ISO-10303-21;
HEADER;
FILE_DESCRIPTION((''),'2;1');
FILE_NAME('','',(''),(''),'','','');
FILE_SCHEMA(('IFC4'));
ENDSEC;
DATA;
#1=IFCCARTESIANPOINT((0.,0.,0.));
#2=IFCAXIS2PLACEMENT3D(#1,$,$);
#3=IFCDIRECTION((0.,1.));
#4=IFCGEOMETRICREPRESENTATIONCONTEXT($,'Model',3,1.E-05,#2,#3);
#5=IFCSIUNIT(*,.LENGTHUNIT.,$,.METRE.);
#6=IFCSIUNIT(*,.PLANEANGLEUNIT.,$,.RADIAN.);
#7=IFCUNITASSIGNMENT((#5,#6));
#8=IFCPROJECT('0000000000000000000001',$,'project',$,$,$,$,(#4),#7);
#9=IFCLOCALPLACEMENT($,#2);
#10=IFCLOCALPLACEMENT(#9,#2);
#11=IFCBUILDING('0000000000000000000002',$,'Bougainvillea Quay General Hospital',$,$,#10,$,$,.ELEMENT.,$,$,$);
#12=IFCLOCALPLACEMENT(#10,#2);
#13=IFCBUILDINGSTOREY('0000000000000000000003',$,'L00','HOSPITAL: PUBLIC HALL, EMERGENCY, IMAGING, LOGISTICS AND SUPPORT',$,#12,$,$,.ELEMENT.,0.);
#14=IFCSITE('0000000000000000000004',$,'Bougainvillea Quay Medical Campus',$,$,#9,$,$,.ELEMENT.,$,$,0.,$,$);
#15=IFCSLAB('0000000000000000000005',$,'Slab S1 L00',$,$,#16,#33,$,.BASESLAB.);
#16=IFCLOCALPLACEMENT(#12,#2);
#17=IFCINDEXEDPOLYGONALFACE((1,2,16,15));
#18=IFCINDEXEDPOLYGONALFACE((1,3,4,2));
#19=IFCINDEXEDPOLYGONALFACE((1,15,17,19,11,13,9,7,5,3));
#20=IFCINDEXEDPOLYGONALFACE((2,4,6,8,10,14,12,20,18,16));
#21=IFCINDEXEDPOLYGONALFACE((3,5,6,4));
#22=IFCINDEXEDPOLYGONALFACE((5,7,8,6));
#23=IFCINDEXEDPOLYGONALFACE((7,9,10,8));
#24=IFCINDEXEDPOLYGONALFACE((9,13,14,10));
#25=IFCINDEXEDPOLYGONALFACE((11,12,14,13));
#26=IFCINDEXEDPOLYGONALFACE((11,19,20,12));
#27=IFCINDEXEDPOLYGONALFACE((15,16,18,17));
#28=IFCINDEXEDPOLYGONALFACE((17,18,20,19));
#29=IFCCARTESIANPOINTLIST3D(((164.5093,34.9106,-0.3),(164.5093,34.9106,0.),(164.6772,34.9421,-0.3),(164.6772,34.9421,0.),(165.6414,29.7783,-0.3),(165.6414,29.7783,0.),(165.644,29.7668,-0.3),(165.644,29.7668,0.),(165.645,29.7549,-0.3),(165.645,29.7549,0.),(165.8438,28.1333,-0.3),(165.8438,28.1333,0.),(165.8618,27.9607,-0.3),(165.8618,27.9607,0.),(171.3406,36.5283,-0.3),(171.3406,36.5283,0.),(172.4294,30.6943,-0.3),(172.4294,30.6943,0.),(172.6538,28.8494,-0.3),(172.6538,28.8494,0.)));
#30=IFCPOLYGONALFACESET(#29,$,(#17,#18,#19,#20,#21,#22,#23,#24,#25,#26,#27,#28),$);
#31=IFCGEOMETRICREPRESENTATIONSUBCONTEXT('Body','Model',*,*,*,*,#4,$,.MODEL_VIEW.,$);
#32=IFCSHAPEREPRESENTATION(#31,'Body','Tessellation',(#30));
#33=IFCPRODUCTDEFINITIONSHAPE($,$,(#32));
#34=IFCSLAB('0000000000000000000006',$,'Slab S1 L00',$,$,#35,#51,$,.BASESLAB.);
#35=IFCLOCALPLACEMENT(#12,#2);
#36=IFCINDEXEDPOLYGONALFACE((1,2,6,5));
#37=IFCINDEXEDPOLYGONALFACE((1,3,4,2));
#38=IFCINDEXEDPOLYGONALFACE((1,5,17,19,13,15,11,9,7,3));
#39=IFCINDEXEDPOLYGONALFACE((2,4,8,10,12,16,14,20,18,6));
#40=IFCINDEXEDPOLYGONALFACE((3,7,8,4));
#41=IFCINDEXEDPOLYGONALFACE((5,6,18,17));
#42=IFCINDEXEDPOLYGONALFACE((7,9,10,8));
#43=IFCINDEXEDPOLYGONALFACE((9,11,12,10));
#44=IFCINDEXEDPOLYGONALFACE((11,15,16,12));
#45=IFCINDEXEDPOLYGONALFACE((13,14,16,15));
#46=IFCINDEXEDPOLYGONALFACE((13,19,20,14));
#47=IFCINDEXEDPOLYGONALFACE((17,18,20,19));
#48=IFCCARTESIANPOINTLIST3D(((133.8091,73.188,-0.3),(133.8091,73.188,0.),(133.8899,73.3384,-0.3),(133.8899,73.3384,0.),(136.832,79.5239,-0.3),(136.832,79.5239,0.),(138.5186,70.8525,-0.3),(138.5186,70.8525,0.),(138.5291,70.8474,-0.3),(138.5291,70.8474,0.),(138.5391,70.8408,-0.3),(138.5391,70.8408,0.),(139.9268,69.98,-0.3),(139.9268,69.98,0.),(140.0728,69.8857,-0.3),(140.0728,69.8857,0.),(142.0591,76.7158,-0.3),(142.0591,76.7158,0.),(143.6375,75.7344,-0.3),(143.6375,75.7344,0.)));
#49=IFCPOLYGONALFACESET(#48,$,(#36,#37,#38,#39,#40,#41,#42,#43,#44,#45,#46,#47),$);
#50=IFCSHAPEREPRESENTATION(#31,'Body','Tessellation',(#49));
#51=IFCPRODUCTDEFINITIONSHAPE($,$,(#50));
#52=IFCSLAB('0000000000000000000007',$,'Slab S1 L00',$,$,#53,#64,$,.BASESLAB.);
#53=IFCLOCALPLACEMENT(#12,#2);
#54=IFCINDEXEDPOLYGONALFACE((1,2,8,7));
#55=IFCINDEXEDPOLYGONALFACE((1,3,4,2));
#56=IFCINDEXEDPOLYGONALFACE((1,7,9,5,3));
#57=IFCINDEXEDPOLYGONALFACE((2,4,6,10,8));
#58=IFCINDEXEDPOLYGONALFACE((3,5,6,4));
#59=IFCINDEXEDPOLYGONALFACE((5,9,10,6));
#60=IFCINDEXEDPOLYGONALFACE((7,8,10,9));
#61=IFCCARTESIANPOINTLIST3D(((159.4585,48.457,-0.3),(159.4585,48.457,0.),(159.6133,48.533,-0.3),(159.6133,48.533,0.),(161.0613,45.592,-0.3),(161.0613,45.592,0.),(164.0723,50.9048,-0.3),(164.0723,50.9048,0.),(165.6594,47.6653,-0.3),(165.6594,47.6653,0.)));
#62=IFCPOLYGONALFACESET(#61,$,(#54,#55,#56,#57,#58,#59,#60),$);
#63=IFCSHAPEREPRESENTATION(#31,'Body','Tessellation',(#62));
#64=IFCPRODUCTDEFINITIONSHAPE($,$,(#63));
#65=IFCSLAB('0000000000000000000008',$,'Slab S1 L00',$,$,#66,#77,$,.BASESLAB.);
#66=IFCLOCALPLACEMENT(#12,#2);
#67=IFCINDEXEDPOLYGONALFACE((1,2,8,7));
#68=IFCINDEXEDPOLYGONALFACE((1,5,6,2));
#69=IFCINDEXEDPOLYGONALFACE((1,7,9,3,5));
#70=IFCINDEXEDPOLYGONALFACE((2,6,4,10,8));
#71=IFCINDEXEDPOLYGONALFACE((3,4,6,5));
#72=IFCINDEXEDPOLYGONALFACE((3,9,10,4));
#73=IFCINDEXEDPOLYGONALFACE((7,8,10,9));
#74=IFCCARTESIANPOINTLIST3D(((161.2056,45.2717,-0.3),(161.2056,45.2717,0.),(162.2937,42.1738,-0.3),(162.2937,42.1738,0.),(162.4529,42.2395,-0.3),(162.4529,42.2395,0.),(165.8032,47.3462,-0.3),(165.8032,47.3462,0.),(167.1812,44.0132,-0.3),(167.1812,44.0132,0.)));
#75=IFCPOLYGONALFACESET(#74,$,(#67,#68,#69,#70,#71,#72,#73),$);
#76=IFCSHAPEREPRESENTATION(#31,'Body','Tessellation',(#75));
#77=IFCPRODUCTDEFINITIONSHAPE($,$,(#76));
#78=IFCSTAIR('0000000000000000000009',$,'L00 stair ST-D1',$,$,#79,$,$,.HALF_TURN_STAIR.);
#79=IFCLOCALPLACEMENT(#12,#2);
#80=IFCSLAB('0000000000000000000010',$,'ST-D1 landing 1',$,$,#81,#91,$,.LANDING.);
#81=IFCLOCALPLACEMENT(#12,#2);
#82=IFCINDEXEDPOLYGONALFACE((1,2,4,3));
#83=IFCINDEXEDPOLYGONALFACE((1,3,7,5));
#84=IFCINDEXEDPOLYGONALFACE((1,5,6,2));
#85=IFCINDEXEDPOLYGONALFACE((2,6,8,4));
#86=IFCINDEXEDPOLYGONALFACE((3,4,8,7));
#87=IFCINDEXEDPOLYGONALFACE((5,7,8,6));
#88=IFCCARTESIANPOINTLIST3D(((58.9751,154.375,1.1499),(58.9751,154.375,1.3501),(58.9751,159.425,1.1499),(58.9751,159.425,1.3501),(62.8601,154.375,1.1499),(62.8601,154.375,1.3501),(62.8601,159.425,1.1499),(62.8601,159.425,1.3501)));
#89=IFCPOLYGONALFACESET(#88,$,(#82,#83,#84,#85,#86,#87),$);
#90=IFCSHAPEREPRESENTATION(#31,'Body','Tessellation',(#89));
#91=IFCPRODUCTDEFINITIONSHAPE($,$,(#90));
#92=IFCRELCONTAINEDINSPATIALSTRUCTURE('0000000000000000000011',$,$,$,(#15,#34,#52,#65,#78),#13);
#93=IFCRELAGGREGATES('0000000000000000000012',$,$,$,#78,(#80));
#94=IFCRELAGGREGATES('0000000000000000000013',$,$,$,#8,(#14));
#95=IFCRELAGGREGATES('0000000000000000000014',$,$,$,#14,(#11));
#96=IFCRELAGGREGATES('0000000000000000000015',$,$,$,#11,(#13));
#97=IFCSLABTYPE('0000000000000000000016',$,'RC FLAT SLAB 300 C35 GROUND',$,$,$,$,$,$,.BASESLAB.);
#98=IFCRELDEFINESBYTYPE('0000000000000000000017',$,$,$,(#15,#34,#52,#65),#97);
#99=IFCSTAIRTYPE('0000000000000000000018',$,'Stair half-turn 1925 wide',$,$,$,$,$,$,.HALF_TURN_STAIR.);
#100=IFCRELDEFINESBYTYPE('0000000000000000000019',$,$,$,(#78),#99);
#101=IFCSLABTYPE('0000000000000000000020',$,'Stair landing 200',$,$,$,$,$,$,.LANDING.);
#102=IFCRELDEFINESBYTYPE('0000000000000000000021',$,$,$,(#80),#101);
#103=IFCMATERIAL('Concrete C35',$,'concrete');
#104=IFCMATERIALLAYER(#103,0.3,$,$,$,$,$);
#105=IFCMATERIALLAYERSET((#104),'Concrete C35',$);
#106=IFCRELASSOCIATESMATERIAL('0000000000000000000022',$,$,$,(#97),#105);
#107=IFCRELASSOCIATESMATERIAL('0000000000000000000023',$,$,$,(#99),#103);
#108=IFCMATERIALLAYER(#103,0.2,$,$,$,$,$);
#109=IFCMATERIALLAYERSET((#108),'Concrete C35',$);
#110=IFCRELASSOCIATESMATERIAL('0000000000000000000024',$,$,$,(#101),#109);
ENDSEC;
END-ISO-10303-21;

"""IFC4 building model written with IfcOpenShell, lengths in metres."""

from ifc_helpers import new_model, si_unit, direction, frame, origin, place, context, subcontext, project, spatial, polyline, outline, extrude, material, layer, layer_set, type_object, element, aggregate, save


model = new_model("IFC4")

# Units and contexts
model_context = context("Model", 3, precision=1e-05, world=origin(), true_north=direction((0.0, 1.0)))
body_context = subcontext(model_context, "Body", "Model", "MODEL_VIEW")
ifc_project = project(units=[si_unit("LENGTHUNIT", "METRE"), si_unit("PLANEANGLEUNIT", "RADIAN")], contexts=[model_context])

# Site, building, storey
site_placement = place(None, origin())
site = spatial("IfcSite", under=ifc_project, at=site_placement, Name="Bougainvillea Quay Medical Campus", CompositionType="ELEMENT", RefElevation=0.0)
building_placement = place(site_placement, origin())
building = spatial("IfcBuilding", under=site, at=building_placement, Name="Bougainvillea Quay General Hospital", CompositionType="ELEMENT")
storey_placement = place(building_placement, origin())
storey = spatial("IfcBuildingStorey", under=building, at=storey_placement, Name="L00", Description="HOSPITAL: PUBLIC HALL, EMERGENCY, IMAGING, LOGISTICS AND SUPPORT", CompositionType="ELEMENT", Elevation=0.0)

# Slabs
ifc_material_1 = material(Name="Concrete C35", Category="concrete")
ifc_layer_1 = layer(ifc_material_1, 0.3)
ifc_layer_set_1 = layer_set([ifc_layer_1], Name="Concrete C35")
slab_type_1 = type_object("IfcSlabType", Name="RC FLAT SLAB 300 C35 GROUND", PredefinedType="BASESLAB", material=ifc_layer_set_1)
slab_1_placement = place(storey_placement, frame((0.0, 0.0, -0.3)))
element("IfcSlab", 1, at=slab_1_placement, inside=storey, type_object=slab_type_1, Name="Slab S1 L00", PredefinedType="BASESLAB", context=body_context, shape_type="SweptSolid", body=[
    extrude(outline(polyline([(164.6772, 34.9421), (165.6414, 29.7783), (165.644, 29.7668), (165.645, 29.7549), (165.8618, 27.9607), (165.8438, 28.1333), (172.6538, 28.8494), (172.4294, 30.6943), (171.3406, 36.5283), (164.5093, 34.9106), (164.6772, 34.9421)])), origin(), (0.0, 0.0, 1.0), 0.3),
])
slab_2_placement = place(storey_placement, frame((0.0, 0.0, -0.3)))
element("IfcSlab", 2, at=slab_2_placement, inside=storey, type_object=slab_type_1, Name="Slab S1 L00", PredefinedType="BASESLAB", context=body_context, shape_type="SweptSolid", body=[
    extrude(outline(polyline([(133.8899, 73.3384), (138.5186, 70.8525), (138.5291, 70.8474), (138.5391, 70.8408), (140.0728, 69.8857), (139.9268, 69.98), (143.6375, 75.7344), (142.0591, 76.7158), (136.832, 79.5239), (133.8091, 73.188), (133.8899, 73.3384)])), origin(), (0.0, 0.0, 1.0), 0.3),
])
slab_3_placement = place(storey_placement, frame((0.0, 0.0, -0.3)))
element("IfcSlab", 3, at=slab_3_placement, inside=storey, type_object=slab_type_1, Name="Slab S1 L00", PredefinedType="BASESLAB", context=body_context, shape_type="SweptSolid", body=[
    extrude(outline(polyline([(165.6594, 47.6653), (164.0723, 50.9048), (159.4585, 48.457), (159.6133, 48.533), (161.0613, 45.592), (165.6594, 47.6653)])), origin(), (0.0, 0.0, 1.0), 0.3),
])
slab_4_placement = place(storey_placement, frame((0.0, 0.0, -0.3)))
element("IfcSlab", 4, at=slab_4_placement, inside=storey, type_object=slab_type_1, Name="Slab S1 L00", PredefinedType="BASESLAB", context=body_context, shape_type="SweptSolid", body=[
    extrude(outline(polyline([(165.8032, 47.3462), (161.2056, 45.2717), (162.4529, 42.2395), (162.2937, 42.1738), (167.1812, 44.0132), (165.8032, 47.3462)])), origin(), (0.0, 0.0, 1.0), 0.3),
])

# Stair, slab
stair_type = type_object("IfcStairType", Name="Stair half-turn 1925 wide", PredefinedType="HALF_TURN_STAIR", material=ifc_material_1)
stair_placement = place(storey_placement, origin())
stair = element("IfcStair", 5, at=stair_placement, inside=storey, type_object=stair_type, Name="L00 stair ST-D1", PredefinedType="HALF_TURN_STAIR")
ifc_layer_2 = layer(ifc_material_1, 0.2)
ifc_layer_set_2 = layer_set([ifc_layer_2], Name="Concrete C35")
slab_type_2 = type_object("IfcSlabType", Name="Stair landing 200", PredefinedType="LANDING", material=ifc_layer_set_2)
slab_5_placement = place(storey_placement, frame((0.0, 0.0, 1.1499)))
slab_5 = element("IfcSlab", 6, at=slab_5_placement, type_object=slab_type_2, Name="ST-D1 landing 1", PredefinedType="LANDING", context=body_context, shape_type="SweptSolid", body=[
    extrude(outline(polyline([(62.8601, 159.425), (58.9751, 159.425), (58.9751, 154.375), (62.8601, 154.375), (62.8601, 159.425)])), origin(), (0.0, 0.0, 1.0), 0.2002),
])
aggregate(stair, [slab_5])

save(model, "model.ifc")
